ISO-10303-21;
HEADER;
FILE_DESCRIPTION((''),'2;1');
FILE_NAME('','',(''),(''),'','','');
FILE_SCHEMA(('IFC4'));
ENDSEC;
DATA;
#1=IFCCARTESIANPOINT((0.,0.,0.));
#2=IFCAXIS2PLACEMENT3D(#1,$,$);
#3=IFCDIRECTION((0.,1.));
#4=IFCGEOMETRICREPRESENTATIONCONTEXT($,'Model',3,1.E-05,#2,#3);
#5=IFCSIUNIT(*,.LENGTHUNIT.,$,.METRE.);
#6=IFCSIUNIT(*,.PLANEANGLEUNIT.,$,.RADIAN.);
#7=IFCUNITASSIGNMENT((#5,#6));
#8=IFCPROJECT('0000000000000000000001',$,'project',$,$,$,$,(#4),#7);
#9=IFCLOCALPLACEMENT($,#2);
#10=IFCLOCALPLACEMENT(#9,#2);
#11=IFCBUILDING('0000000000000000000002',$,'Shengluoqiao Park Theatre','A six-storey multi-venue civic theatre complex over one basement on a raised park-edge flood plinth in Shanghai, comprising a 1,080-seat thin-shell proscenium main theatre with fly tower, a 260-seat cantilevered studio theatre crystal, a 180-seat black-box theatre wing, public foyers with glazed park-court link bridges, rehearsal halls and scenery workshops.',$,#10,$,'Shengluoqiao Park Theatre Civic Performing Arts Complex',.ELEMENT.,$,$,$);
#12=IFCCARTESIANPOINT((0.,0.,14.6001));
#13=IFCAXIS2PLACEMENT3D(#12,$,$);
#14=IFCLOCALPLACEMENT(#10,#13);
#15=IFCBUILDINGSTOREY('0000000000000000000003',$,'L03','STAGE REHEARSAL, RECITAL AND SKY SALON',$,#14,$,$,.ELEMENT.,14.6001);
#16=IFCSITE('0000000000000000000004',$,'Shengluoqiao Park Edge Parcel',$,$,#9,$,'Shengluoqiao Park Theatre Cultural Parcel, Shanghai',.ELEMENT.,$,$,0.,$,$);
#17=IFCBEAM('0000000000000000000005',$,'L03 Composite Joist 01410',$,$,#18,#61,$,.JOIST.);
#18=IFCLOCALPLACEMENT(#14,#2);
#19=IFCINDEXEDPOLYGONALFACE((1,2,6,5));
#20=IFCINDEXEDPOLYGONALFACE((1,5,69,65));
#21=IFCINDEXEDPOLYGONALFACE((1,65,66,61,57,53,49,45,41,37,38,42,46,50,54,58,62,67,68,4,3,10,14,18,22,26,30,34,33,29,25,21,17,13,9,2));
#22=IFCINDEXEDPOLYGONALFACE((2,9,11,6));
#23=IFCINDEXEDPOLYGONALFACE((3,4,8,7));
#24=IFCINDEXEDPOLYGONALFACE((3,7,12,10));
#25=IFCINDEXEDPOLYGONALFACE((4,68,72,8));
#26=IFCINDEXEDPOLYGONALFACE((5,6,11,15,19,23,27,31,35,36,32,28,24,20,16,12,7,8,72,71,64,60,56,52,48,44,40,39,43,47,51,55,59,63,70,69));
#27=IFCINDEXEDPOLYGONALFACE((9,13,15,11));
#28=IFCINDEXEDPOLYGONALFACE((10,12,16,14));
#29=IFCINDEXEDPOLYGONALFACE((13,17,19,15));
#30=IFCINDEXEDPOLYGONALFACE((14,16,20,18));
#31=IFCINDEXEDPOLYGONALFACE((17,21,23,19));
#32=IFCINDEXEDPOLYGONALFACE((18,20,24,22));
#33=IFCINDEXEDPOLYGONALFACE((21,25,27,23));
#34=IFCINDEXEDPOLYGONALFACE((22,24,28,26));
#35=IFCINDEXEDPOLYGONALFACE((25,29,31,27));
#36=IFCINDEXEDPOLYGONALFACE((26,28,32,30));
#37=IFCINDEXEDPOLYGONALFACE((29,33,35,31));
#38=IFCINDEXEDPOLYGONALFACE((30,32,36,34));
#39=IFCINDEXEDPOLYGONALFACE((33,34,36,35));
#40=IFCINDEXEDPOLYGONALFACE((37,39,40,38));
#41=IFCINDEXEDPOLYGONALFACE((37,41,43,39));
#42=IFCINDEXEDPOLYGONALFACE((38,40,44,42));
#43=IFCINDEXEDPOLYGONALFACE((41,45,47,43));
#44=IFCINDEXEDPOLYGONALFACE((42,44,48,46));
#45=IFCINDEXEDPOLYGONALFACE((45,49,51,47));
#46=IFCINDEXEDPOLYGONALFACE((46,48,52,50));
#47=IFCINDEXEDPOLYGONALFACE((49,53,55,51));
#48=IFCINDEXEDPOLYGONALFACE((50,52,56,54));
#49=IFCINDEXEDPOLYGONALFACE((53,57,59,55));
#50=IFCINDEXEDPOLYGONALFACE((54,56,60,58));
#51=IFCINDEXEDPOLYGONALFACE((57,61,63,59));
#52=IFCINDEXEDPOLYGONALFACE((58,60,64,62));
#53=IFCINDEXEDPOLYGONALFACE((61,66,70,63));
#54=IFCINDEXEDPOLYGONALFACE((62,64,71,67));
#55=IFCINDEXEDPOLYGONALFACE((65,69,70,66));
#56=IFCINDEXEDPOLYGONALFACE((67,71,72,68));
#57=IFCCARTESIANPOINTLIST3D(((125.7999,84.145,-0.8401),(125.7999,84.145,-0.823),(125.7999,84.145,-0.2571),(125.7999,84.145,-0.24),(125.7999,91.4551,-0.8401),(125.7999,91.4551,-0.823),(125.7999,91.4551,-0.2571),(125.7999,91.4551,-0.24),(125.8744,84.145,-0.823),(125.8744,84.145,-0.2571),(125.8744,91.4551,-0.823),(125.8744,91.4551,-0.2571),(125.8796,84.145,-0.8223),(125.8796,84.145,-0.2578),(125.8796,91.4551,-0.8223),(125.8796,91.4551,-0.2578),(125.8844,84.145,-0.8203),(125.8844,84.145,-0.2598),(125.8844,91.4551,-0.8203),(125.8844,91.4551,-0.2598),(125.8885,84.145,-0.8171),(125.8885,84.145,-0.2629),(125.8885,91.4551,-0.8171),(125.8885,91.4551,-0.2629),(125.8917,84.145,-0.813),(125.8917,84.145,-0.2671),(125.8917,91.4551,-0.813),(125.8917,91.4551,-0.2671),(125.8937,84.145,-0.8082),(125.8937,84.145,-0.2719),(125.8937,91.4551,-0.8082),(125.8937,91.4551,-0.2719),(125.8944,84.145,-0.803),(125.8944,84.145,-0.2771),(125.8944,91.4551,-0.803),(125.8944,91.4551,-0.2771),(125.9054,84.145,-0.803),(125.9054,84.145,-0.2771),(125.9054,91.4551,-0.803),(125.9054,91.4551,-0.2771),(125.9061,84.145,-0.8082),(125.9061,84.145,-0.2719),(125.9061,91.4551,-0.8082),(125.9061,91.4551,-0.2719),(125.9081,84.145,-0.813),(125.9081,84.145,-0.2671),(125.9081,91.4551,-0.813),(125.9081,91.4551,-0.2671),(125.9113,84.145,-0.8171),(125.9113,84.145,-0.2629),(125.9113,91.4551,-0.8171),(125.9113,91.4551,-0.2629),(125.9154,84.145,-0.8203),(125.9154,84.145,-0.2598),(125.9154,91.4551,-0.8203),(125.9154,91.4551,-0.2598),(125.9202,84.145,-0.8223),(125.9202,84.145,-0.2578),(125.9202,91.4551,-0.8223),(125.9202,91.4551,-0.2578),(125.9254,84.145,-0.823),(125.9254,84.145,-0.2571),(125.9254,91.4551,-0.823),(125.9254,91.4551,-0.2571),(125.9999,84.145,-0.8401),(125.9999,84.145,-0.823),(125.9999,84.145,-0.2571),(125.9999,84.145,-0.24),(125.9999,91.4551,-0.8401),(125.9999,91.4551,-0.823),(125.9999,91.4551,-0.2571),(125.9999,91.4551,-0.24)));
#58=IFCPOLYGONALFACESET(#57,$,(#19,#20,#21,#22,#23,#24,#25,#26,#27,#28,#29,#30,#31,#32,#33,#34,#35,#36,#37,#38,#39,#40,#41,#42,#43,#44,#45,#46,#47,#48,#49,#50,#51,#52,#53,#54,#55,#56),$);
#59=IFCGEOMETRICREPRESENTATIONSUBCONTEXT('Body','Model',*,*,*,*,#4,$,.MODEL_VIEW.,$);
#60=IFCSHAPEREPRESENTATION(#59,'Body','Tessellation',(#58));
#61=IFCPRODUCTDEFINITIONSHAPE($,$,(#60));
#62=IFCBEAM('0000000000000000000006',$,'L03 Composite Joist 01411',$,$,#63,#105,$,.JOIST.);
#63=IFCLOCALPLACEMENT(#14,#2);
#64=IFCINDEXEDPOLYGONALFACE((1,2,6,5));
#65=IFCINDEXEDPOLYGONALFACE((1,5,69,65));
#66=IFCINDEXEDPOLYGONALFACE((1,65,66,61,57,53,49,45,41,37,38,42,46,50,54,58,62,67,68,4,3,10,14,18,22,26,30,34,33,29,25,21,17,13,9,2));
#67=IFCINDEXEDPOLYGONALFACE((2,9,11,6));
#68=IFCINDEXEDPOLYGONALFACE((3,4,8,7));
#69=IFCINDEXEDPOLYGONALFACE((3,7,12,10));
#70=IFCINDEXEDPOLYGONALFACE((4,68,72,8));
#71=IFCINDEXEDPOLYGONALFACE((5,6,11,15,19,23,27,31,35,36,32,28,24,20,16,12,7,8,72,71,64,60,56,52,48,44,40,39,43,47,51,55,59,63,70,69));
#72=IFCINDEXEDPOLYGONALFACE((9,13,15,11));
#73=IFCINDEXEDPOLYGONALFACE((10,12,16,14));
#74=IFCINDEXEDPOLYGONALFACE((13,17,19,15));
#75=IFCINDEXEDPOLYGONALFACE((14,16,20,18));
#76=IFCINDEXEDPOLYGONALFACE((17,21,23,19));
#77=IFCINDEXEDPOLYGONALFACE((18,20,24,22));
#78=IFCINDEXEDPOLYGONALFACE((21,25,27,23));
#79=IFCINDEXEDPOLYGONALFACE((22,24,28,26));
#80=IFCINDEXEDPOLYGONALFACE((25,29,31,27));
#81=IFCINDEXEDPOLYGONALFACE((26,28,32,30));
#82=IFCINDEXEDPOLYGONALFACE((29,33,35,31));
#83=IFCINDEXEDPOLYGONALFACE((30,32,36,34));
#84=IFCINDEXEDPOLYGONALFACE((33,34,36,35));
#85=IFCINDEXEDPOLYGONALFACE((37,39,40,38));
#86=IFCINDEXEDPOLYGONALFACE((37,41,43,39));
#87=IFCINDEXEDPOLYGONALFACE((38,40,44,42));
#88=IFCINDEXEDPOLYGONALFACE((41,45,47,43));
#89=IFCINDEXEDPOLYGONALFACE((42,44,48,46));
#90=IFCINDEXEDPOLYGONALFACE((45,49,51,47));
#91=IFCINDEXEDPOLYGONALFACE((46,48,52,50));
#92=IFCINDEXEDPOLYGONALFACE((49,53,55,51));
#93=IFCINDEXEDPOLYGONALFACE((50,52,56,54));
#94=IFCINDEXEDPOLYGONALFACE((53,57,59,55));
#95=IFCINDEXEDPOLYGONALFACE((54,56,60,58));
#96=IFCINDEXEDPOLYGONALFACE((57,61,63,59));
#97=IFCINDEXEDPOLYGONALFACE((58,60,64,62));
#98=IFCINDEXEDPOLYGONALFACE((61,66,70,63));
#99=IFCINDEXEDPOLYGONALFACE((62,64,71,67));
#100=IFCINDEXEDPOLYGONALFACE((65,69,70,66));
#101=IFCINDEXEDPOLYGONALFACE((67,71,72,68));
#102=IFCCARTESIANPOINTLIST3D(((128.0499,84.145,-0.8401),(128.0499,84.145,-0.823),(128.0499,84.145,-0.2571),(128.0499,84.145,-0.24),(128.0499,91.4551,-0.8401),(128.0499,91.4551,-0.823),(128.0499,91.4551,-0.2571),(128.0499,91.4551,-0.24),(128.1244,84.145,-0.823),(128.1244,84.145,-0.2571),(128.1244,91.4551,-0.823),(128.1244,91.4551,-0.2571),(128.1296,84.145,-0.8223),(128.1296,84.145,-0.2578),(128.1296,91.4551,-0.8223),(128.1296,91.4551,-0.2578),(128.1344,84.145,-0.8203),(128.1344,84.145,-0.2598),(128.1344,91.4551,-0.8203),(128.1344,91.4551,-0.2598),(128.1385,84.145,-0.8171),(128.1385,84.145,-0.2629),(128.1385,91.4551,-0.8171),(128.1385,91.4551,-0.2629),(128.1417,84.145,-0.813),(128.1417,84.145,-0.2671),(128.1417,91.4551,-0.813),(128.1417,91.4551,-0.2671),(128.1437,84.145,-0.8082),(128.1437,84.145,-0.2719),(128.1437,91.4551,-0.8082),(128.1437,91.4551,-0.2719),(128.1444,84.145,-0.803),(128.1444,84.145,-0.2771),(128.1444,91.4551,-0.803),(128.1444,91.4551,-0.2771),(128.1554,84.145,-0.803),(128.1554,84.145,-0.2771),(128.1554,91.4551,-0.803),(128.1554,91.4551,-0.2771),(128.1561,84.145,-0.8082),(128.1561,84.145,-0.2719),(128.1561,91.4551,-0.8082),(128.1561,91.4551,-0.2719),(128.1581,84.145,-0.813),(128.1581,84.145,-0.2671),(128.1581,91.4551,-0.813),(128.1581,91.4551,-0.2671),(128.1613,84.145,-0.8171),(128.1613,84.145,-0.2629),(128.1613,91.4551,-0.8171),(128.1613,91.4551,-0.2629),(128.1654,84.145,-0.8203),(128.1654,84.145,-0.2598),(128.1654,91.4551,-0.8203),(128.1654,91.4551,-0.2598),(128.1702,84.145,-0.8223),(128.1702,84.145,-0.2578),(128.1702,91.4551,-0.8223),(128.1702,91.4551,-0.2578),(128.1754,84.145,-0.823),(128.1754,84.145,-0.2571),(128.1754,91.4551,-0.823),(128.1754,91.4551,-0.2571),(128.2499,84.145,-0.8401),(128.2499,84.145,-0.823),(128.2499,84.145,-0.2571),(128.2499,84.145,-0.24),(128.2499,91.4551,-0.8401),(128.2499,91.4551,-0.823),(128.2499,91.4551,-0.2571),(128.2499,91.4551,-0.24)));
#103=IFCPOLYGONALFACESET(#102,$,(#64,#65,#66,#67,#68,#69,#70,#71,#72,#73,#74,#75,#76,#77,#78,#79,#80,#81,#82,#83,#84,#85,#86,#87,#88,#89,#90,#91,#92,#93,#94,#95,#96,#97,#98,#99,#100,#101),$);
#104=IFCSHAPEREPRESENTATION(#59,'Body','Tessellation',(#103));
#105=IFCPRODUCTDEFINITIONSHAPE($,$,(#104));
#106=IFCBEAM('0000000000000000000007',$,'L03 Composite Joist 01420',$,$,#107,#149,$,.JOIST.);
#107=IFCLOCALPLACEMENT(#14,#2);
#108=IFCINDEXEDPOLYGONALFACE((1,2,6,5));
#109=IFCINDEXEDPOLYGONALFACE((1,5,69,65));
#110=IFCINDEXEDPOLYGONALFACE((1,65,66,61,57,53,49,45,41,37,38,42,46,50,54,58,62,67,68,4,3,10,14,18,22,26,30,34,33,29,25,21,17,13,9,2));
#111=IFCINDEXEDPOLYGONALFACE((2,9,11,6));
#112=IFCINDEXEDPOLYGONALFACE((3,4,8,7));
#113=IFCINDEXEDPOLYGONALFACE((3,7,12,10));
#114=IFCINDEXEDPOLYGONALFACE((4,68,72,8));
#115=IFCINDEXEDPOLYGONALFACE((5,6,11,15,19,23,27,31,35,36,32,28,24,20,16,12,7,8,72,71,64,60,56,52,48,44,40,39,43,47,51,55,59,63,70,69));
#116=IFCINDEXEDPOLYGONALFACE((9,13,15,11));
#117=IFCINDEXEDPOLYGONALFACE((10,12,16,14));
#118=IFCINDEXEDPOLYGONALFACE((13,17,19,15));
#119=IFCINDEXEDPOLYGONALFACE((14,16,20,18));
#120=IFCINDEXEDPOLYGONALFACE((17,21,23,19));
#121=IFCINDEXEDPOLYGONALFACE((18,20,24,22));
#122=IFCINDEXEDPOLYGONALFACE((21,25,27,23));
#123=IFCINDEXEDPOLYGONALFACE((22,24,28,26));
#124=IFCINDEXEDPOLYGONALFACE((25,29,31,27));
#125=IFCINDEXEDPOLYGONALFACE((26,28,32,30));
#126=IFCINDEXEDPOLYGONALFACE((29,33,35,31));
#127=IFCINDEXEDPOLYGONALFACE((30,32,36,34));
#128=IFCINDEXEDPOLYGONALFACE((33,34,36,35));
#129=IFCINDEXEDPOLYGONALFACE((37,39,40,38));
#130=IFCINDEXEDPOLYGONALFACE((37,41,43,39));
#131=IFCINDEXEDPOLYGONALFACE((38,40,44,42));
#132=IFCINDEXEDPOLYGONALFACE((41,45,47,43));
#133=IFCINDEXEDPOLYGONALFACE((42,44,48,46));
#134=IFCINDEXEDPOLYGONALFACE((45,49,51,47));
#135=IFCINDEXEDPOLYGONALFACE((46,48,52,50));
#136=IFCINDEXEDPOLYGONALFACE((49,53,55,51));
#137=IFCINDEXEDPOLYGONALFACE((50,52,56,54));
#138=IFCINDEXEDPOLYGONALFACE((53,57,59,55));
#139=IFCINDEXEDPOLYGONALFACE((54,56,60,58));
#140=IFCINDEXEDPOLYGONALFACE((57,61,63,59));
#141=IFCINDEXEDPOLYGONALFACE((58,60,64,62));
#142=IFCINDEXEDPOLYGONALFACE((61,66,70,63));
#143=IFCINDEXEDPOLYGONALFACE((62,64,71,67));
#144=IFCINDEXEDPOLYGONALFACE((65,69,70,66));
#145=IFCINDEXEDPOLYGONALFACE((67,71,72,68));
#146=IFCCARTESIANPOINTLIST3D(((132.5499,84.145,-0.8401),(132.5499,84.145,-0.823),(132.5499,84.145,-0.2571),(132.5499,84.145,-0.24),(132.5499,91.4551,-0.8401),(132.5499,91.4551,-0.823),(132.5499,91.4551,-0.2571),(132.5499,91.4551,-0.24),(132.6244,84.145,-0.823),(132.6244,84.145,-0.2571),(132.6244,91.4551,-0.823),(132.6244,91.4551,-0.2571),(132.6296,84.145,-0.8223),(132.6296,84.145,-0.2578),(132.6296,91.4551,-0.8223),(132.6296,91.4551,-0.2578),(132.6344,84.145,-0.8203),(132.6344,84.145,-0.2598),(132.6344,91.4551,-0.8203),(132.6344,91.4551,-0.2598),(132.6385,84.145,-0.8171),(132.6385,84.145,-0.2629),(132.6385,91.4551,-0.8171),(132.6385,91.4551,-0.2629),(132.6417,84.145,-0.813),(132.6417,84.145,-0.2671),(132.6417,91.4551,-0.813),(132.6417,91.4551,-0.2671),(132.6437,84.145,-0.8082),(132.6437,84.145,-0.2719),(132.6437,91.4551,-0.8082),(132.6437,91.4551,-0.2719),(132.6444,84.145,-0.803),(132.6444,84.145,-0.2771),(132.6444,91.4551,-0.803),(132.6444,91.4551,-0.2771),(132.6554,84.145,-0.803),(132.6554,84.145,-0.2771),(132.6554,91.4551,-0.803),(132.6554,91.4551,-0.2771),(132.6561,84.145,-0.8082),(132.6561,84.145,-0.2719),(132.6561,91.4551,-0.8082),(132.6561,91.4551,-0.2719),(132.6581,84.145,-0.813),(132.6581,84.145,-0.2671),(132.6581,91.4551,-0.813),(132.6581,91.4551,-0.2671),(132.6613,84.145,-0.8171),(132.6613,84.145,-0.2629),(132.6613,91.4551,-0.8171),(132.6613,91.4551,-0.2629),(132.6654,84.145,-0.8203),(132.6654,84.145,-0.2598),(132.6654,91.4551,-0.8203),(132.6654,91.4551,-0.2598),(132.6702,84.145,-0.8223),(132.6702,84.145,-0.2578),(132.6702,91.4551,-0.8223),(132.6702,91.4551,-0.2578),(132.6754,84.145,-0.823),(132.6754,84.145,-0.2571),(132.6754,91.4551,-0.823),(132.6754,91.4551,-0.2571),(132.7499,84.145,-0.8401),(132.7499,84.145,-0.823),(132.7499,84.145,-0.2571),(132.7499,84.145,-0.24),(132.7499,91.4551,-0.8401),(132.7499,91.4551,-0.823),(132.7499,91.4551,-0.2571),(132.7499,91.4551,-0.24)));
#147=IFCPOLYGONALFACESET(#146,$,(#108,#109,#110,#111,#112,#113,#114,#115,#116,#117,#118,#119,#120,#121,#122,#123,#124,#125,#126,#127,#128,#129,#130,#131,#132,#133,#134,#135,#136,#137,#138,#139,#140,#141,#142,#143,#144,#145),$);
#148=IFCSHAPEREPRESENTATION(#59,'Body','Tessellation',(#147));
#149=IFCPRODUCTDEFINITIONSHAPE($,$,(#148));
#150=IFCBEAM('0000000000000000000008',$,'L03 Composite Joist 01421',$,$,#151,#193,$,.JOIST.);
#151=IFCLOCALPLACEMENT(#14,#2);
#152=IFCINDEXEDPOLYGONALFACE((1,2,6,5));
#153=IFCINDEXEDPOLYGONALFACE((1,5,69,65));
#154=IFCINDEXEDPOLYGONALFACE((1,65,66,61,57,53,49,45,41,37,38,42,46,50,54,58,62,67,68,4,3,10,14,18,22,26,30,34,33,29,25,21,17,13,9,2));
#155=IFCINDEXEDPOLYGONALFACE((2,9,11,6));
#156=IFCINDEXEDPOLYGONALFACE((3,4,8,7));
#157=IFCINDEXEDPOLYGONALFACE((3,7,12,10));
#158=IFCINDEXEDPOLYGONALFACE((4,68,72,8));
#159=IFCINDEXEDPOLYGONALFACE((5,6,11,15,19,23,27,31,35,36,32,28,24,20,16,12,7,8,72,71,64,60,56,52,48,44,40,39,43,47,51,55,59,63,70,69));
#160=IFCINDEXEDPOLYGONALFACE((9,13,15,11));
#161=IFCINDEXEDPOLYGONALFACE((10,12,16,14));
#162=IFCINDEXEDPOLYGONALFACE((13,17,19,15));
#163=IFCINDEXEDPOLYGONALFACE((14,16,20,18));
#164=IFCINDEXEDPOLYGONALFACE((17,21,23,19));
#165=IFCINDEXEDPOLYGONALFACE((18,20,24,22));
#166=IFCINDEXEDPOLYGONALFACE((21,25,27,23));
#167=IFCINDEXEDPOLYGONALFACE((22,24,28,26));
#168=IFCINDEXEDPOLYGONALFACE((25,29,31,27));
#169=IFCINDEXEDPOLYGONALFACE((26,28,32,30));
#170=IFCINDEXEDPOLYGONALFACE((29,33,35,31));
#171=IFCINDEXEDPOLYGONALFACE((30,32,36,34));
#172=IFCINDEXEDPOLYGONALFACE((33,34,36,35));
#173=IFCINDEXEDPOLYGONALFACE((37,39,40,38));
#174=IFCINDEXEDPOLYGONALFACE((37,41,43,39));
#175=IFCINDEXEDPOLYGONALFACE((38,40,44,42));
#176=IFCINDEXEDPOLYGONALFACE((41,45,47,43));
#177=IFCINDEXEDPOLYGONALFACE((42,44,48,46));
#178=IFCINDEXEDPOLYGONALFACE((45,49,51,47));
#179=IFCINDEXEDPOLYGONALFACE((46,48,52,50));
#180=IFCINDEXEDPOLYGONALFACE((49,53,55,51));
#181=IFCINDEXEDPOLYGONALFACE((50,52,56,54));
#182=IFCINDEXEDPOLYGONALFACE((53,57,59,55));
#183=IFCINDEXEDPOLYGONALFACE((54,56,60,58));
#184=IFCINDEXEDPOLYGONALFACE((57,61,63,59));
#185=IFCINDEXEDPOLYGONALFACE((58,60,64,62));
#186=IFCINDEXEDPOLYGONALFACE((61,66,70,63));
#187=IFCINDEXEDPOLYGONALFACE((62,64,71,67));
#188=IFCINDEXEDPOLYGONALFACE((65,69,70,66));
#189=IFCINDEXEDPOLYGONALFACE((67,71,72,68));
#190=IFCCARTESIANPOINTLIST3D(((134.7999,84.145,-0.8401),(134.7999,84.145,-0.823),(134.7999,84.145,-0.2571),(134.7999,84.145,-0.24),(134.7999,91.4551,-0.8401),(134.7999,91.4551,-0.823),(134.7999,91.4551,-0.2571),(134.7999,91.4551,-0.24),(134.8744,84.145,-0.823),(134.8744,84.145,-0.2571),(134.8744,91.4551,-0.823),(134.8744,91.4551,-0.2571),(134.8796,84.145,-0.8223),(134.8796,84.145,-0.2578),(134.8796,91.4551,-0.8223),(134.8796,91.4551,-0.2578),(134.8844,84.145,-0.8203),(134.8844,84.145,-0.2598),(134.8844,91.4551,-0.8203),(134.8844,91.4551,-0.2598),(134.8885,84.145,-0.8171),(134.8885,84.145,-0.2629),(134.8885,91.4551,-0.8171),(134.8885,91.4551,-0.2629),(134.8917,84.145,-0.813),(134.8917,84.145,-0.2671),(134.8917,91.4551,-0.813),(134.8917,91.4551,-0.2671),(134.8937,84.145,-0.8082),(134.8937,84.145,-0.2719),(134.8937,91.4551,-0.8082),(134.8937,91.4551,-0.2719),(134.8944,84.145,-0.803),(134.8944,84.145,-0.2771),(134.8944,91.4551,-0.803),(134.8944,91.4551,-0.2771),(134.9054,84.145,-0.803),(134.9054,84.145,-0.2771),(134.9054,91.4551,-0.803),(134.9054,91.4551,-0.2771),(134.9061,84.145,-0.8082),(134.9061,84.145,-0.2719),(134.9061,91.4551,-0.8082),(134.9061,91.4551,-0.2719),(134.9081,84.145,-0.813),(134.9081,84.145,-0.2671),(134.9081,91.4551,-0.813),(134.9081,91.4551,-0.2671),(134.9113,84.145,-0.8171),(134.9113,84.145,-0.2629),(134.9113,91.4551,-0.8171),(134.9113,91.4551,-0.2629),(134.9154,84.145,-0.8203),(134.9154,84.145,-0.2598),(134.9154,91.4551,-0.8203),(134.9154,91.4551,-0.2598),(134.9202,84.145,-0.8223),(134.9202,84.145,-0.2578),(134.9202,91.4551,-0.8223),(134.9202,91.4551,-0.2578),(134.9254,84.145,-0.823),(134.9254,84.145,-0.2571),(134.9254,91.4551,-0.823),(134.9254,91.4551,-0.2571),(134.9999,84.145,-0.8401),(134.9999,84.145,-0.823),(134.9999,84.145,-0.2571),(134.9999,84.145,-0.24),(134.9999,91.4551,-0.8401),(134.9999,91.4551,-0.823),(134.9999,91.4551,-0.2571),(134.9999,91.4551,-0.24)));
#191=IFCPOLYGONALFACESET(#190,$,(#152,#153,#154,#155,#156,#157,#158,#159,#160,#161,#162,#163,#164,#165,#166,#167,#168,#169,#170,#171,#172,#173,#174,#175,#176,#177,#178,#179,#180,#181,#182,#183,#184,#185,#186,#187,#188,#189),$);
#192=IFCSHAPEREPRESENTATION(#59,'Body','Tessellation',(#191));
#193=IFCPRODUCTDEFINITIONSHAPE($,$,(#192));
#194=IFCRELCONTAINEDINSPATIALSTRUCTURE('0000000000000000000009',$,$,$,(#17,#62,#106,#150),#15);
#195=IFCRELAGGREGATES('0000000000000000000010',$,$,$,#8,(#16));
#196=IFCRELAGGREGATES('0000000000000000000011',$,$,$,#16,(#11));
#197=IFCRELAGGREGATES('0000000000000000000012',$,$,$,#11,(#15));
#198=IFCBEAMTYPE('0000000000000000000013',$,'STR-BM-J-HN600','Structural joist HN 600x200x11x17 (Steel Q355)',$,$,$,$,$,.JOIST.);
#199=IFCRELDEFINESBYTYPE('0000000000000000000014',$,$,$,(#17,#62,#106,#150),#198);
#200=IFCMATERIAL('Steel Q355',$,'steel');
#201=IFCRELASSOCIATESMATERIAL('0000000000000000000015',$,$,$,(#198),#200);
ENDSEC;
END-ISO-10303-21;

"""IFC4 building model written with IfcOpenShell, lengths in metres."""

from ifc_helpers import new_model, si_unit, direction, frame, origin, origin_2d, place, context, subcontext, project, spatial, i_section, extrude, material, material_profile, profile_set, type_object, element, save


model = new_model("IFC4")

# Units and contexts
model_context = context("Model", 3, precision=1e-05, world=origin(), true_north=direction((0.0, 1.0)))
body_context = subcontext(model_context, "Body", "Model", "MODEL_VIEW")
ifc_project = project(units=[si_unit("LENGTHUNIT", "METRE"), si_unit("PLANEANGLEUNIT", "RADIAN")], contexts=[model_context])

# Site, building, storey
site_placement = place(None, origin())
site = spatial("IfcSite", under=ifc_project, at=site_placement, Name="Shengluoqiao Park Edge Parcel", LongName="Shengluoqiao Park Theatre Cultural Parcel, Shanghai", CompositionType="ELEMENT", RefElevation=0.0)
building_placement = place(site_placement, origin())
building = spatial("IfcBuilding", under=site, at=building_placement, Name="Shengluoqiao Park Theatre", Description="A six-storey multi-venue civic theatre complex over one basement on a raised park-edge flood plinth in Shanghai, comprising a 1,080-seat thin-shell proscenium main theatre with fly tower, a 260-seat cantilevered studio theatre crystal, a 180-seat black-box theatre wing, public foyers with glazed park-court link bridges, rehearsal halls and scenery workshops.", LongName="Shengluoqiao Park Theatre Civic Performing Arts Complex", CompositionType="ELEMENT")
storey_placement = place(building_placement, frame((0.0, 0.0, 14.6001)))
storey = spatial("IfcBuildingStorey", under=building, at=storey_placement, Name="L03", Description="STAGE REHEARSAL, RECITAL AND SKY SALON", CompositionType="ELEMENT", Elevation=14.6001)

# Beams
ifc_material_1 = material(Name="Steel Q355", Category="steel")
ifc_material_profile_1 = material_profile(ifc_material_1, i_section(OverallWidth=0.2, OverallDepth=0.6001, WebThickness=0.011, FlangeThickness=0.0171, FilletRadius=0.02, at=origin_2d()), Name="HN 600x200x11x17")
ifc_profile_set_1 = profile_set([ifc_material_profile_1], Name="Steel Q355")
beam_type_1 = type_object("IfcBeamType", Name="STR-BM-J-HN600", Description="Structural joist HN 600x200x11x17 (Steel Q355)", PredefinedType="JOIST", material=ifc_profile_set_1)
for number, where, z_axis, x_axis, name in (
    (1, (125.8999, 84.145, -0.54), (0.0, 1.0, 0.0), (-1.0, 0.0, 0.0), "L03 Composite Joist 01410"),
    (2, (128.1499, 84.145, -0.54), (0.0, 1.0, 0.0), (-1.0, 0.0, 0.0), "L03 Composite Joist 01411"),
    (3, (132.6499, 84.145, -0.54), (0.0, 1.0, 0.0), (-1.0, 0.0, 0.0), "L03 Composite Joist 01420"),
    (4, (134.8999, 84.145, -0.54), (0.0, 1.0, 0.0), (-1.0, 0.0, 0.0), "L03 Composite Joist 01421"),
):
    element("IfcBeam", number, at=place(storey_placement, frame(where, z_axis=z_axis, x_axis=x_axis)), inside=storey, type_object=beam_type_1, Name=name, PredefinedType="JOIST", context=body_context, shape_type="SweptSolid", body=[
        extrude(i_section(OverallWidth=0.2, OverallDepth=0.6001, WebThickness=0.011, FlangeThickness=0.0171, FilletRadius=0.02, at=origin_2d()), origin(), (0.0, 0.0, 1.0), 7.3101),
    ])

save(model, "model.ifc")
